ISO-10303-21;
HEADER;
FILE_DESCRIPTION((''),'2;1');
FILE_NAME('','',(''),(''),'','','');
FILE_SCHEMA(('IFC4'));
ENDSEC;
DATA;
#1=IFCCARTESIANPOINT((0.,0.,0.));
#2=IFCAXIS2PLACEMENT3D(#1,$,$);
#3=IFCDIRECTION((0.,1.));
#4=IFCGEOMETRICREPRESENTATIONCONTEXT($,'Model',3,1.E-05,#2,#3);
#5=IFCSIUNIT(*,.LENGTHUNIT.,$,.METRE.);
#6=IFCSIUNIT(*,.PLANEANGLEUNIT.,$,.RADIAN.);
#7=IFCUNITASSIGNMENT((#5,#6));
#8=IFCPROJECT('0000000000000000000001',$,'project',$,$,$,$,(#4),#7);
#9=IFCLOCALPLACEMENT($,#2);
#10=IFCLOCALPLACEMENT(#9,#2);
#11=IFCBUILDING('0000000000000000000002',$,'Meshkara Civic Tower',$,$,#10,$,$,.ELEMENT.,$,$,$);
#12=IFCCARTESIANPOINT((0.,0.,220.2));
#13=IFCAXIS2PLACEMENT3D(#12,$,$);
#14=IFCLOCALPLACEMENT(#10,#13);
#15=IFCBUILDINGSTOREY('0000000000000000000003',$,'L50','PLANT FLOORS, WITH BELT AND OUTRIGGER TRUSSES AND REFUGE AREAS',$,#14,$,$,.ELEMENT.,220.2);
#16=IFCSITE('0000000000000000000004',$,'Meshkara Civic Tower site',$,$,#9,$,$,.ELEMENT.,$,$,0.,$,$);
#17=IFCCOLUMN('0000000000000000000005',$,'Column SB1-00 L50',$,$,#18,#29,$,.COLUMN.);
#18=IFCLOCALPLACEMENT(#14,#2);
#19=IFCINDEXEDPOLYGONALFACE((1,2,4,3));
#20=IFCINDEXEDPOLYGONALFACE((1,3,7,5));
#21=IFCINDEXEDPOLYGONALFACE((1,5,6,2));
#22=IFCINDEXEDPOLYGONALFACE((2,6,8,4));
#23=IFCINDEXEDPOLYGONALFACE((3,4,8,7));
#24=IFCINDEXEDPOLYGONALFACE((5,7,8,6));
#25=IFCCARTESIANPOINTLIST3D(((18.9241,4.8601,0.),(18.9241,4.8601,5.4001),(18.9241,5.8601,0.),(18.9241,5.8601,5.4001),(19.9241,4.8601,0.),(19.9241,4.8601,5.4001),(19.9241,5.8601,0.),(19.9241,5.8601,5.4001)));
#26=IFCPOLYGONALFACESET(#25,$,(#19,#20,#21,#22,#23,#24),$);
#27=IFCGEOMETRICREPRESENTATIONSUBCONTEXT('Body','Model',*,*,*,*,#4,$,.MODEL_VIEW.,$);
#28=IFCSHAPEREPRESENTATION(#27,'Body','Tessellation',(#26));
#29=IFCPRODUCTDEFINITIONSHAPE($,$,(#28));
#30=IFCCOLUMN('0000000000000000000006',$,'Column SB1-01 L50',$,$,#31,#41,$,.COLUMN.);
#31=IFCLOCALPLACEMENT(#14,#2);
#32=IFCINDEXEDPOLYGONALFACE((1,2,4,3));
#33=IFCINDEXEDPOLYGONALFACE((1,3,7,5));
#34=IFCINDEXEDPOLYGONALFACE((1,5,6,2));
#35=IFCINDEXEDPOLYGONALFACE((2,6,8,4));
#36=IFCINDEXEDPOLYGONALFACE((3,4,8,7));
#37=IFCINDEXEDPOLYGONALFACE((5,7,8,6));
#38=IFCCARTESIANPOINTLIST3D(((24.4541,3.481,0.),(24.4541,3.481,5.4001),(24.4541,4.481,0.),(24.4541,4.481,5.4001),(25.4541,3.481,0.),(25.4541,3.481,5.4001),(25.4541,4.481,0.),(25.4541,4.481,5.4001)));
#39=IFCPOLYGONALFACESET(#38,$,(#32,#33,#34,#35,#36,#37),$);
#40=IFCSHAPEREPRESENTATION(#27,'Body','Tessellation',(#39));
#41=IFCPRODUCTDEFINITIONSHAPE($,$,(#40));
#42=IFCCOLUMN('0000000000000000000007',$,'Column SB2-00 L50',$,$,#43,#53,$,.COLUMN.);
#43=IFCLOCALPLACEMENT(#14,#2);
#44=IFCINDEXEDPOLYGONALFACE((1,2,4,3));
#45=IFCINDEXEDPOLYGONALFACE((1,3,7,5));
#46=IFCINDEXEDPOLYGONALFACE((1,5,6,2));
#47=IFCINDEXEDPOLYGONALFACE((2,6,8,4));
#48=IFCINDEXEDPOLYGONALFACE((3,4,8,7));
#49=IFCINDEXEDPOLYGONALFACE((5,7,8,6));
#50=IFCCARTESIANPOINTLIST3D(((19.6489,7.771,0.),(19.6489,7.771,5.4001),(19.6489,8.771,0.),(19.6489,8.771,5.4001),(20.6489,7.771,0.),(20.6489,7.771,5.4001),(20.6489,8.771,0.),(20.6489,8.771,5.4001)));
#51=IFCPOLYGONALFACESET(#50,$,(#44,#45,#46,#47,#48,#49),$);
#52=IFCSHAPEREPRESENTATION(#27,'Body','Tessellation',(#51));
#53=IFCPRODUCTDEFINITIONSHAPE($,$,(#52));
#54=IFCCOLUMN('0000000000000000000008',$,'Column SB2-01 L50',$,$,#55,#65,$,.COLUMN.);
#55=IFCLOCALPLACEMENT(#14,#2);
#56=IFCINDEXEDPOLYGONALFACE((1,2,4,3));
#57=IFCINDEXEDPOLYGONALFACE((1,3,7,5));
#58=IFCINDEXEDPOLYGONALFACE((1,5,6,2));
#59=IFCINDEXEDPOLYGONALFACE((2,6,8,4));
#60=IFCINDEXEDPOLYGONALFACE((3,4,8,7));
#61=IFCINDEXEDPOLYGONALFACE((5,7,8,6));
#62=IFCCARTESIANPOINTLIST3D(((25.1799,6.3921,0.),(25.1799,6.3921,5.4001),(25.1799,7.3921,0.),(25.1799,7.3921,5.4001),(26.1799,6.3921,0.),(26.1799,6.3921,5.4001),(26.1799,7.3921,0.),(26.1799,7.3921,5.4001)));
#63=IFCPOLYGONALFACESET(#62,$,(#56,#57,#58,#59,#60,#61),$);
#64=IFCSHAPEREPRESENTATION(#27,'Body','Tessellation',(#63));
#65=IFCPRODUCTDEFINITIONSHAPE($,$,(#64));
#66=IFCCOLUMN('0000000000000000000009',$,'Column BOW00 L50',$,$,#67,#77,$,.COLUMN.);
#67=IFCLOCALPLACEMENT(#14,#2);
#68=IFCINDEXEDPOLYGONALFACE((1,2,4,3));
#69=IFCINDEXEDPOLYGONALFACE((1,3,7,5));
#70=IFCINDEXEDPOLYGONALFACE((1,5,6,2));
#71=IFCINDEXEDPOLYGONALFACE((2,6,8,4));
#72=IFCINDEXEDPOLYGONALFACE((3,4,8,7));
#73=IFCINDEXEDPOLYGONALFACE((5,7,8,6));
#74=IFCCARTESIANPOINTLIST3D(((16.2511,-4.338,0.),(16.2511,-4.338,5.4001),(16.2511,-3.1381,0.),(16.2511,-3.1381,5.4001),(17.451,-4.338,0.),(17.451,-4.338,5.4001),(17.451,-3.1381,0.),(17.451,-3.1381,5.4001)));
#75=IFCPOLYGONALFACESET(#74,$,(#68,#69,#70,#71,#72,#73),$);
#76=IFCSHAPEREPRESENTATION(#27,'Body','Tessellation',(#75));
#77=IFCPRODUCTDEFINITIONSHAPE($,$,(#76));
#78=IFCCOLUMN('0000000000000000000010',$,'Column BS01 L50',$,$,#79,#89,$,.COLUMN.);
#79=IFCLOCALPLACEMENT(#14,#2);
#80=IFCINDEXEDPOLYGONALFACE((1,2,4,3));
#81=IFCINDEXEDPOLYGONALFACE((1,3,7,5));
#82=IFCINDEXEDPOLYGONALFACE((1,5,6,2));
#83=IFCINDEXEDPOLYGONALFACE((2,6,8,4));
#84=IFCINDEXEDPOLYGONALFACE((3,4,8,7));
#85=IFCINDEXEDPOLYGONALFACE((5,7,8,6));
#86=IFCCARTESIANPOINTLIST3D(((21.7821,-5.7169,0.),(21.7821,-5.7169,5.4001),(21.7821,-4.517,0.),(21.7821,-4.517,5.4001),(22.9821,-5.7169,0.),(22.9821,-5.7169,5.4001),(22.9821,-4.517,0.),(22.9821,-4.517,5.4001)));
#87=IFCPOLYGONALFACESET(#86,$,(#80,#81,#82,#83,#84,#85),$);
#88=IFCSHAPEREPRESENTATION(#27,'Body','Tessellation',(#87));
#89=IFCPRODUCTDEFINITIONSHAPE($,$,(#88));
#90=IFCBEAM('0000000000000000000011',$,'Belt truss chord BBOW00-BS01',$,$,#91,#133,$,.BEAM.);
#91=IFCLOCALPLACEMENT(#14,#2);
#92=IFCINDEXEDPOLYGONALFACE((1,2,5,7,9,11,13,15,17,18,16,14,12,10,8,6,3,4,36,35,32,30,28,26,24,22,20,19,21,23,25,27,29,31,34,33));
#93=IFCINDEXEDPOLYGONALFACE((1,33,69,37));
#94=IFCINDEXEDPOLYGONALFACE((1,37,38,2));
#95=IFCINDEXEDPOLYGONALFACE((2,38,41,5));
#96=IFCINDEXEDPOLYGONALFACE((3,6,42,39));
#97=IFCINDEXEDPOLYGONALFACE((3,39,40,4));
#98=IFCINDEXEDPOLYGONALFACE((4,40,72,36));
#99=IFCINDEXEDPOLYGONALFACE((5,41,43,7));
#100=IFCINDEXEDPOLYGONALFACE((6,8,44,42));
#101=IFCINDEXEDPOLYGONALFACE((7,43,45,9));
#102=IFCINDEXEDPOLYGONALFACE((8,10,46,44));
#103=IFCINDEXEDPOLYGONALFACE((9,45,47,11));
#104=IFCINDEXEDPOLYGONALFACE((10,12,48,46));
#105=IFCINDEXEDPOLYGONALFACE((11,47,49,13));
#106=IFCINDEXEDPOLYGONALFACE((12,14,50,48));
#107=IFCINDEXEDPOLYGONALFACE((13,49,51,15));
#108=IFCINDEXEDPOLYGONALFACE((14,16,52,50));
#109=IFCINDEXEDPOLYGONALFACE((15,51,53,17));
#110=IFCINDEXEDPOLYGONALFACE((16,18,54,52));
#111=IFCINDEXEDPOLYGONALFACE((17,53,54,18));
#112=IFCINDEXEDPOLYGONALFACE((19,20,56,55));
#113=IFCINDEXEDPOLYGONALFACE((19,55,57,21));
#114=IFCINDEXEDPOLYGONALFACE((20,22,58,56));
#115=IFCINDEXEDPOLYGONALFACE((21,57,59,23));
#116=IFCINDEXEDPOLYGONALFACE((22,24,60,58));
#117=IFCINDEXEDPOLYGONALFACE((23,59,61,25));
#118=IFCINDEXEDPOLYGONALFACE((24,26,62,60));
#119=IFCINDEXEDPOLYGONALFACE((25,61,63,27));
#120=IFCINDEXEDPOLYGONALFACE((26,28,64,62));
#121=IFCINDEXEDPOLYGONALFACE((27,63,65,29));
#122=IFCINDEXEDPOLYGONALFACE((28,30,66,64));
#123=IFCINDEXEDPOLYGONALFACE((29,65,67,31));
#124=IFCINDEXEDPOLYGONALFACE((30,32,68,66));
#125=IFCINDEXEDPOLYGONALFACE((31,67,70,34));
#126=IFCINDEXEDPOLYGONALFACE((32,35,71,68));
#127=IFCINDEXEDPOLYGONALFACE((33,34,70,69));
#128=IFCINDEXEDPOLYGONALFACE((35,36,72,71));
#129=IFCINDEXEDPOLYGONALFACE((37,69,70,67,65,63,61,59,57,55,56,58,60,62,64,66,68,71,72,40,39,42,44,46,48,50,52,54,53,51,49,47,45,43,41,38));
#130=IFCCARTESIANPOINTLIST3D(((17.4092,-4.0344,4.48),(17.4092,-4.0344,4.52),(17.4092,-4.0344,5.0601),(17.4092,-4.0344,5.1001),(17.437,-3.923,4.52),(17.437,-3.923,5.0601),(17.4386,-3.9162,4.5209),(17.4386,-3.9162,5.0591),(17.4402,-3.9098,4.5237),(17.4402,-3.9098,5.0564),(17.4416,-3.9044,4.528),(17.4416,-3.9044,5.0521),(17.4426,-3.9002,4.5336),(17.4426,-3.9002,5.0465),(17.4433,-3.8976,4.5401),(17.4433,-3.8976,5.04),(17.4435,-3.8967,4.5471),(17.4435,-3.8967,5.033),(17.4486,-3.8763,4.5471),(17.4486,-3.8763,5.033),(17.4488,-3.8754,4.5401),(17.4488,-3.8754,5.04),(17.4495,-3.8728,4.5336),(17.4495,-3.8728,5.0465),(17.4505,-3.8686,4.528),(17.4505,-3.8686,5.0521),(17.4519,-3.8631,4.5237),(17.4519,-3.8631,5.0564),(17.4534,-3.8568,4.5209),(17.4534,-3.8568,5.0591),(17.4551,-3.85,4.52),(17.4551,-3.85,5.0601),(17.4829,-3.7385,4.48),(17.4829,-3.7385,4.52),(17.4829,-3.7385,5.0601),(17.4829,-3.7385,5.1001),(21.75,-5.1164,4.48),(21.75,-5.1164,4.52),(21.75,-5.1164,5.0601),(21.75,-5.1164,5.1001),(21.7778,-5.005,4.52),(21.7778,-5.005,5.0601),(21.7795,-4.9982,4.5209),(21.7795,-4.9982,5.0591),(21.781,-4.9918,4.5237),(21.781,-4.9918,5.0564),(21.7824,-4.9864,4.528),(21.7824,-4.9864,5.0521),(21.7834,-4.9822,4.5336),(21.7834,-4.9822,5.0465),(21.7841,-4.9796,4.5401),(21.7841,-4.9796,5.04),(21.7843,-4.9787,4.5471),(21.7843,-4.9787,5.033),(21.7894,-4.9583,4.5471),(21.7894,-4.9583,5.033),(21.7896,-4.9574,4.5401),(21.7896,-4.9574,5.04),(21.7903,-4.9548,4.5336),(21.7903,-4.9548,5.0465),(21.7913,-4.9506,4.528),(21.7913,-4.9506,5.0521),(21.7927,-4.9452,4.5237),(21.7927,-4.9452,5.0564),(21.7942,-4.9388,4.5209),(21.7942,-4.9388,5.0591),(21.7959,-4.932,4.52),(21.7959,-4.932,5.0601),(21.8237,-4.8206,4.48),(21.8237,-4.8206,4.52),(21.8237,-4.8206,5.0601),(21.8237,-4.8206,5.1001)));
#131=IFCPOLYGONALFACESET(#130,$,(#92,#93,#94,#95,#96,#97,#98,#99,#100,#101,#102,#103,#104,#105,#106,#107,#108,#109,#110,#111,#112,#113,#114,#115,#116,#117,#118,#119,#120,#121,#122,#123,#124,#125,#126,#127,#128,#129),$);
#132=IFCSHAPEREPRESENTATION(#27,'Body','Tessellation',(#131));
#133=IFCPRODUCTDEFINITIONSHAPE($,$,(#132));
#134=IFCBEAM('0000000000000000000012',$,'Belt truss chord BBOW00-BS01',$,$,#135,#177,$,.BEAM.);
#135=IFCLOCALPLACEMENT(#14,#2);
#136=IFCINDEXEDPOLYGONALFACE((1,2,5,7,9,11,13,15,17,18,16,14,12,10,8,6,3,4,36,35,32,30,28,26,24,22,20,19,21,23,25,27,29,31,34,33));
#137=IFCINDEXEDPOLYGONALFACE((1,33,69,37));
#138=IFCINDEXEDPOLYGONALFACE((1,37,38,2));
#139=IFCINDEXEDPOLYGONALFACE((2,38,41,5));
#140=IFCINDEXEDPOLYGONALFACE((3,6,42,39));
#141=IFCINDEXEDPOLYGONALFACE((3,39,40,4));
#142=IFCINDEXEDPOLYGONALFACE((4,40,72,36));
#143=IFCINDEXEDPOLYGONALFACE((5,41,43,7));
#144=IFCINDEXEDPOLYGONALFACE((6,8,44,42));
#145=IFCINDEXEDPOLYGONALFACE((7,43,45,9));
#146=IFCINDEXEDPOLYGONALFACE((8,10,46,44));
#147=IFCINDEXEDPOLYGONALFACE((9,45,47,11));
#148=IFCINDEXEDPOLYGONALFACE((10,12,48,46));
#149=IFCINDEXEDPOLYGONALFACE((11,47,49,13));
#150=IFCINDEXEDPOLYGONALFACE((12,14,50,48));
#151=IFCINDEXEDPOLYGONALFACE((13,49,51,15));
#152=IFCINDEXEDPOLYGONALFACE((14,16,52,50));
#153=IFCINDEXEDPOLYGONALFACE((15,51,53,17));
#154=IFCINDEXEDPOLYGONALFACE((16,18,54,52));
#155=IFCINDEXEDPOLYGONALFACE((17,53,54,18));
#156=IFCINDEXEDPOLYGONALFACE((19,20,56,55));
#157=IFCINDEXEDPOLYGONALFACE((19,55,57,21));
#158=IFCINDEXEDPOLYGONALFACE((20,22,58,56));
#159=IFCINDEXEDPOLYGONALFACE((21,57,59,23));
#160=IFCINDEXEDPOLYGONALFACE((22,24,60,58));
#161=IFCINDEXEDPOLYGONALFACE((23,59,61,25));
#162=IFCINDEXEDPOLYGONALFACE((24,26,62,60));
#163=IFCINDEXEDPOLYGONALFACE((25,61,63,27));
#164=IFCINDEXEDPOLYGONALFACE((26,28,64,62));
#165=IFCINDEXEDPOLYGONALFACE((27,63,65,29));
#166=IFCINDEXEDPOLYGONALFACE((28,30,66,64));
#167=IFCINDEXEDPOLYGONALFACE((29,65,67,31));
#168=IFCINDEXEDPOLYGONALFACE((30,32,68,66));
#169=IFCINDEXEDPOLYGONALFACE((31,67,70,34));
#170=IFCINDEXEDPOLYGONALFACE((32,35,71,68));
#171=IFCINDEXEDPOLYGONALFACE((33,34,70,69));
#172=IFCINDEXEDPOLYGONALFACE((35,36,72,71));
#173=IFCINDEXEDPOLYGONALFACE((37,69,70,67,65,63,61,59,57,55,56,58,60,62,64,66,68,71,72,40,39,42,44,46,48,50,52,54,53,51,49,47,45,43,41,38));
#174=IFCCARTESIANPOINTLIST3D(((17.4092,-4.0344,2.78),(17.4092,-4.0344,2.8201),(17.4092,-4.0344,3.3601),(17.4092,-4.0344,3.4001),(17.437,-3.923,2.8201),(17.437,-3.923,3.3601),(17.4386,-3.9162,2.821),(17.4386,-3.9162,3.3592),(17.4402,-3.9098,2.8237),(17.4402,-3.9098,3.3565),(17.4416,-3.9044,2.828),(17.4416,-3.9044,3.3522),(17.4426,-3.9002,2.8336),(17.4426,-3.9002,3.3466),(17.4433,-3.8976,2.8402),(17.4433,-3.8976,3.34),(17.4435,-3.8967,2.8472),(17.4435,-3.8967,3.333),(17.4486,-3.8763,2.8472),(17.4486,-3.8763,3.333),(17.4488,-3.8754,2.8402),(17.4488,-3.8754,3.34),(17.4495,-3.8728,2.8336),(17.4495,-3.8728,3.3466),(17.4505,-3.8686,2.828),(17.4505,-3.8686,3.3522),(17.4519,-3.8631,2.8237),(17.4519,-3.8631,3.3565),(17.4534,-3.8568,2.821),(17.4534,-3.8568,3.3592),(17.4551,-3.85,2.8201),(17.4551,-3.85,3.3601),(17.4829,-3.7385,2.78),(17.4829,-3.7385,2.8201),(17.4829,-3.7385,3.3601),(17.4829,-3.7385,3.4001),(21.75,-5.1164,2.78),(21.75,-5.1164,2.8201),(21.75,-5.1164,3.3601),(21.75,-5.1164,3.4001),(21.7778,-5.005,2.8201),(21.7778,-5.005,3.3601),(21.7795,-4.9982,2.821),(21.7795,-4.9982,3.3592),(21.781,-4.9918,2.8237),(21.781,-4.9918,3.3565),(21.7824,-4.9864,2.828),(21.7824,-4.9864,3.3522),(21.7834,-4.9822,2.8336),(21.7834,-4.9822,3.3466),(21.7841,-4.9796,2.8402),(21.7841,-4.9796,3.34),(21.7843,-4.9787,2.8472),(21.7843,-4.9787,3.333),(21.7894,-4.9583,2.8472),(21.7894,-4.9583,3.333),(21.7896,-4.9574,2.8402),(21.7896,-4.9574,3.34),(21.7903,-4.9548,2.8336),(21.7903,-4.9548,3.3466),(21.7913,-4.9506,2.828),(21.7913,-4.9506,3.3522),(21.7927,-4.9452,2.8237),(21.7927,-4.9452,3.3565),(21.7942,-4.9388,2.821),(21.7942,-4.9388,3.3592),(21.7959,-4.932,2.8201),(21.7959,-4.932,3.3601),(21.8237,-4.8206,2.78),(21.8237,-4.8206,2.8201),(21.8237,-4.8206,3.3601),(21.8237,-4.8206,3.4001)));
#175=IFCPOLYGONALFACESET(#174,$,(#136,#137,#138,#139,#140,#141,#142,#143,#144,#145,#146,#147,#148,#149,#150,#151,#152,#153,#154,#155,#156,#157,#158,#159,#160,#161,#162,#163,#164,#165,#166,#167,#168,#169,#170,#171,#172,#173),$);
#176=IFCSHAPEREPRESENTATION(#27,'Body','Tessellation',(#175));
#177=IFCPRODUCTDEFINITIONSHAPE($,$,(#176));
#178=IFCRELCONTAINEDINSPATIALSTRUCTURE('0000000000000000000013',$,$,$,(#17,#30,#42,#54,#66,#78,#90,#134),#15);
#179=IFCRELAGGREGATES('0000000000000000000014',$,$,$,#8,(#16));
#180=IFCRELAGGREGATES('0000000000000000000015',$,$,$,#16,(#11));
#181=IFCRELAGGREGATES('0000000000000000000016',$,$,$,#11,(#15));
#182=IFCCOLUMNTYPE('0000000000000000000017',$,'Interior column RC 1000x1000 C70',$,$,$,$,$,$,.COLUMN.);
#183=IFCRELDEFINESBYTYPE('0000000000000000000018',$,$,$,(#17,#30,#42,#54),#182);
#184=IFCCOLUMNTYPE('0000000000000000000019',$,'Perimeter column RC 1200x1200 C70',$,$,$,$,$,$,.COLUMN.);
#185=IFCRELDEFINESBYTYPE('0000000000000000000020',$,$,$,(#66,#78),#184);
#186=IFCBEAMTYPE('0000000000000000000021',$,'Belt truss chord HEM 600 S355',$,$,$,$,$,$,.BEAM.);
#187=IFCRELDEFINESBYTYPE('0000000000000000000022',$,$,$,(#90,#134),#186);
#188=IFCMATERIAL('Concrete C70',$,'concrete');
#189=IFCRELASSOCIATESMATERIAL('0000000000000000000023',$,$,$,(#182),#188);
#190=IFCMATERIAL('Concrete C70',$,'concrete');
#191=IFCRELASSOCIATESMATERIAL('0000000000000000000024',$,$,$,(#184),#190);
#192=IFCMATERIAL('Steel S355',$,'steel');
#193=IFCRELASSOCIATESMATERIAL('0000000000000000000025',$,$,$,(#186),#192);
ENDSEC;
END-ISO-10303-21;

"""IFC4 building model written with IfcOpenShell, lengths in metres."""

from ifc_helpers import new_model, si_unit, direction, frame, origin, origin_2d, place, context, subcontext, project, spatial, rectangle, i_section, extrude, material, material_profile, profile_set, type_object, element, save


model = new_model("IFC4")

# Units and contexts
model_context = context("Model", 3, precision=1e-05, world=origin(), true_north=direction((0.0, 1.0)))
body_context = subcontext(model_context, "Body", "Model", "MODEL_VIEW")
ifc_project = project(units=[si_unit("LENGTHUNIT", "METRE"), si_unit("PLANEANGLEUNIT", "RADIAN")], contexts=[model_context])

# Site, building, storey
site_placement = place(None, origin())
site = spatial("IfcSite", under=ifc_project, at=site_placement, Name="Meshkara Civic Tower site", CompositionType="ELEMENT", RefElevation=0.0)
building_placement = place(site_placement, origin())
building = spatial("IfcBuilding", under=site, at=building_placement, Name="Meshkara Civic Tower", CompositionType="ELEMENT")
storey_placement = place(building_placement, frame((0.0, 0.0, 220.2)))
storey = spatial("IfcBuildingStorey", under=building, at=storey_placement, Name="L50", Description="PLANT FLOORS, WITH BELT AND OUTRIGGER TRUSSES AND REFUGE AREAS", CompositionType="ELEMENT", Elevation=220.2)

# Columns
ifc_material_1 = material(Name="Concrete C70", Category="concrete")
ifc_material_profile_1 = material_profile(ifc_material_1, rectangle(XDim=1.0, YDim=1.0, at=origin_2d()))
ifc_profile_set_1 = profile_set([ifc_material_profile_1], Name="Concrete C70")
column_type_1 = type_object("IfcColumnType", Name="Interior column RC 1000x1000 C70", PredefinedType="COLUMN", material=ifc_profile_set_1)
for number, where, z_axis, x_axis, name in (
    (1, (19.4241, 5.3601, 0.0), (0.0, 0.0, 1.0), (1.0, 0.0, 0.0), "Column SB1-00 L50"),
    (2, (24.9541, 3.981, 0.0), (0.0, 0.0, 1.0), (1.0, 0.0, 0.0), "Column SB1-01 L50"),
    (3, (20.1489, 8.271, 0.0), (0.0, 0.0, 1.0), (1.0, 0.0, 0.0), "Column SB2-00 L50"),
    (4, (25.6799, 6.8921, 0.0), (0.0, 0.0, 1.0), (1.0, 0.0, 0.0), "Column SB2-01 L50"),
):
    element("IfcColumn", number, at=place(storey_placement, frame(where, z_axis=z_axis, x_axis=x_axis)), inside=storey, type_object=column_type_1, Name=name, PredefinedType="COLUMN", context=body_context, shape_type="SweptSolid", body=[
        extrude(rectangle(XDim=1.0, YDim=1.0, at=origin_2d()), origin(), (0.0, 0.0, 1.0), 5.4001),
    ])
ifc_material_2 = material(Name="Concrete C70", Category="concrete")
ifc_material_profile_2 = material_profile(ifc_material_2, rectangle(XDim=1.2, YDim=1.2, at=origin_2d()))
ifc_profile_set_2 = profile_set([ifc_material_profile_2], Name="Concrete C70")
column_type_2 = type_object("IfcColumnType", Name="Perimeter column RC 1200x1200 C70", PredefinedType="COLUMN", material=ifc_profile_set_2)
for number, where, z_axis, x_axis, name in (
    (5, (16.8511, -3.738, 0.0), (0.0, 0.0, 1.0), (1.0, 0.0, 0.0), "Column BOW00 L50"),
    (6, (22.3821, -5.1169, 0.0), (0.0, 0.0, 1.0), (1.0, 0.0, 0.0), "Column BS01 L50"),
):
    element("IfcColumn", number, at=place(storey_placement, frame(where, z_axis=z_axis, x_axis=x_axis)), inside=storey, type_object=column_type_2, Name=name, PredefinedType="COLUMN", context=body_context, shape_type="SweptSolid", body=[
        extrude(rectangle(XDim=1.2, YDim=1.2, at=origin_2d()), origin(), (0.0, 0.0, 1.0), 5.4001),
    ])

# Beams
ifc_material_3 = material(Name="Steel S355", Category="steel")
ifc_material_profile_3 = material_profile(ifc_material_3, i_section(OverallWidth=0.3049, OverallDepth=0.6201, WebThickness=0.021, FlangeThickness=0.04, FilletRadius=0.0271, at=origin_2d()))
ifc_profile_set_3 = profile_set([ifc_material_profile_3], Name="Steel S355")
beam_type_1 = type_object("IfcBeamType", Name="Belt truss chord HEM 600 S355", PredefinedType="BEAM", material=ifc_profile_set_3)
for number, where, z_axis, x_axis, name in (
    (7, (17.446, -3.8865, 4.79), (0.970309, -0.241868, 0.0), (0.241868, 0.970309, 0.0), "Belt truss chord BBOW00-BS01"),
    (8, (17.446, -3.8865, 3.0901), (0.970309, -0.241868, 0.0), (0.241868, 0.970309, 0.0), "Belt truss chord BBOW00-BS01"),
):
    element("IfcBeam", number, at=place(storey_placement, frame(where, z_axis=z_axis, x_axis=x_axis)), inside=storey, type_object=beam_type_1, Name=name, PredefinedType="BEAM", context=body_context, shape_type="SweptSolid", body=[
        extrude(i_section(OverallWidth=0.3049, OverallDepth=0.6201, WebThickness=0.021, FlangeThickness=0.04, FilletRadius=0.0271, at=origin_2d()), origin(), (0.0, 0.0, 1.0), 4.4736),
    ])

save(model, "model.ifc")
